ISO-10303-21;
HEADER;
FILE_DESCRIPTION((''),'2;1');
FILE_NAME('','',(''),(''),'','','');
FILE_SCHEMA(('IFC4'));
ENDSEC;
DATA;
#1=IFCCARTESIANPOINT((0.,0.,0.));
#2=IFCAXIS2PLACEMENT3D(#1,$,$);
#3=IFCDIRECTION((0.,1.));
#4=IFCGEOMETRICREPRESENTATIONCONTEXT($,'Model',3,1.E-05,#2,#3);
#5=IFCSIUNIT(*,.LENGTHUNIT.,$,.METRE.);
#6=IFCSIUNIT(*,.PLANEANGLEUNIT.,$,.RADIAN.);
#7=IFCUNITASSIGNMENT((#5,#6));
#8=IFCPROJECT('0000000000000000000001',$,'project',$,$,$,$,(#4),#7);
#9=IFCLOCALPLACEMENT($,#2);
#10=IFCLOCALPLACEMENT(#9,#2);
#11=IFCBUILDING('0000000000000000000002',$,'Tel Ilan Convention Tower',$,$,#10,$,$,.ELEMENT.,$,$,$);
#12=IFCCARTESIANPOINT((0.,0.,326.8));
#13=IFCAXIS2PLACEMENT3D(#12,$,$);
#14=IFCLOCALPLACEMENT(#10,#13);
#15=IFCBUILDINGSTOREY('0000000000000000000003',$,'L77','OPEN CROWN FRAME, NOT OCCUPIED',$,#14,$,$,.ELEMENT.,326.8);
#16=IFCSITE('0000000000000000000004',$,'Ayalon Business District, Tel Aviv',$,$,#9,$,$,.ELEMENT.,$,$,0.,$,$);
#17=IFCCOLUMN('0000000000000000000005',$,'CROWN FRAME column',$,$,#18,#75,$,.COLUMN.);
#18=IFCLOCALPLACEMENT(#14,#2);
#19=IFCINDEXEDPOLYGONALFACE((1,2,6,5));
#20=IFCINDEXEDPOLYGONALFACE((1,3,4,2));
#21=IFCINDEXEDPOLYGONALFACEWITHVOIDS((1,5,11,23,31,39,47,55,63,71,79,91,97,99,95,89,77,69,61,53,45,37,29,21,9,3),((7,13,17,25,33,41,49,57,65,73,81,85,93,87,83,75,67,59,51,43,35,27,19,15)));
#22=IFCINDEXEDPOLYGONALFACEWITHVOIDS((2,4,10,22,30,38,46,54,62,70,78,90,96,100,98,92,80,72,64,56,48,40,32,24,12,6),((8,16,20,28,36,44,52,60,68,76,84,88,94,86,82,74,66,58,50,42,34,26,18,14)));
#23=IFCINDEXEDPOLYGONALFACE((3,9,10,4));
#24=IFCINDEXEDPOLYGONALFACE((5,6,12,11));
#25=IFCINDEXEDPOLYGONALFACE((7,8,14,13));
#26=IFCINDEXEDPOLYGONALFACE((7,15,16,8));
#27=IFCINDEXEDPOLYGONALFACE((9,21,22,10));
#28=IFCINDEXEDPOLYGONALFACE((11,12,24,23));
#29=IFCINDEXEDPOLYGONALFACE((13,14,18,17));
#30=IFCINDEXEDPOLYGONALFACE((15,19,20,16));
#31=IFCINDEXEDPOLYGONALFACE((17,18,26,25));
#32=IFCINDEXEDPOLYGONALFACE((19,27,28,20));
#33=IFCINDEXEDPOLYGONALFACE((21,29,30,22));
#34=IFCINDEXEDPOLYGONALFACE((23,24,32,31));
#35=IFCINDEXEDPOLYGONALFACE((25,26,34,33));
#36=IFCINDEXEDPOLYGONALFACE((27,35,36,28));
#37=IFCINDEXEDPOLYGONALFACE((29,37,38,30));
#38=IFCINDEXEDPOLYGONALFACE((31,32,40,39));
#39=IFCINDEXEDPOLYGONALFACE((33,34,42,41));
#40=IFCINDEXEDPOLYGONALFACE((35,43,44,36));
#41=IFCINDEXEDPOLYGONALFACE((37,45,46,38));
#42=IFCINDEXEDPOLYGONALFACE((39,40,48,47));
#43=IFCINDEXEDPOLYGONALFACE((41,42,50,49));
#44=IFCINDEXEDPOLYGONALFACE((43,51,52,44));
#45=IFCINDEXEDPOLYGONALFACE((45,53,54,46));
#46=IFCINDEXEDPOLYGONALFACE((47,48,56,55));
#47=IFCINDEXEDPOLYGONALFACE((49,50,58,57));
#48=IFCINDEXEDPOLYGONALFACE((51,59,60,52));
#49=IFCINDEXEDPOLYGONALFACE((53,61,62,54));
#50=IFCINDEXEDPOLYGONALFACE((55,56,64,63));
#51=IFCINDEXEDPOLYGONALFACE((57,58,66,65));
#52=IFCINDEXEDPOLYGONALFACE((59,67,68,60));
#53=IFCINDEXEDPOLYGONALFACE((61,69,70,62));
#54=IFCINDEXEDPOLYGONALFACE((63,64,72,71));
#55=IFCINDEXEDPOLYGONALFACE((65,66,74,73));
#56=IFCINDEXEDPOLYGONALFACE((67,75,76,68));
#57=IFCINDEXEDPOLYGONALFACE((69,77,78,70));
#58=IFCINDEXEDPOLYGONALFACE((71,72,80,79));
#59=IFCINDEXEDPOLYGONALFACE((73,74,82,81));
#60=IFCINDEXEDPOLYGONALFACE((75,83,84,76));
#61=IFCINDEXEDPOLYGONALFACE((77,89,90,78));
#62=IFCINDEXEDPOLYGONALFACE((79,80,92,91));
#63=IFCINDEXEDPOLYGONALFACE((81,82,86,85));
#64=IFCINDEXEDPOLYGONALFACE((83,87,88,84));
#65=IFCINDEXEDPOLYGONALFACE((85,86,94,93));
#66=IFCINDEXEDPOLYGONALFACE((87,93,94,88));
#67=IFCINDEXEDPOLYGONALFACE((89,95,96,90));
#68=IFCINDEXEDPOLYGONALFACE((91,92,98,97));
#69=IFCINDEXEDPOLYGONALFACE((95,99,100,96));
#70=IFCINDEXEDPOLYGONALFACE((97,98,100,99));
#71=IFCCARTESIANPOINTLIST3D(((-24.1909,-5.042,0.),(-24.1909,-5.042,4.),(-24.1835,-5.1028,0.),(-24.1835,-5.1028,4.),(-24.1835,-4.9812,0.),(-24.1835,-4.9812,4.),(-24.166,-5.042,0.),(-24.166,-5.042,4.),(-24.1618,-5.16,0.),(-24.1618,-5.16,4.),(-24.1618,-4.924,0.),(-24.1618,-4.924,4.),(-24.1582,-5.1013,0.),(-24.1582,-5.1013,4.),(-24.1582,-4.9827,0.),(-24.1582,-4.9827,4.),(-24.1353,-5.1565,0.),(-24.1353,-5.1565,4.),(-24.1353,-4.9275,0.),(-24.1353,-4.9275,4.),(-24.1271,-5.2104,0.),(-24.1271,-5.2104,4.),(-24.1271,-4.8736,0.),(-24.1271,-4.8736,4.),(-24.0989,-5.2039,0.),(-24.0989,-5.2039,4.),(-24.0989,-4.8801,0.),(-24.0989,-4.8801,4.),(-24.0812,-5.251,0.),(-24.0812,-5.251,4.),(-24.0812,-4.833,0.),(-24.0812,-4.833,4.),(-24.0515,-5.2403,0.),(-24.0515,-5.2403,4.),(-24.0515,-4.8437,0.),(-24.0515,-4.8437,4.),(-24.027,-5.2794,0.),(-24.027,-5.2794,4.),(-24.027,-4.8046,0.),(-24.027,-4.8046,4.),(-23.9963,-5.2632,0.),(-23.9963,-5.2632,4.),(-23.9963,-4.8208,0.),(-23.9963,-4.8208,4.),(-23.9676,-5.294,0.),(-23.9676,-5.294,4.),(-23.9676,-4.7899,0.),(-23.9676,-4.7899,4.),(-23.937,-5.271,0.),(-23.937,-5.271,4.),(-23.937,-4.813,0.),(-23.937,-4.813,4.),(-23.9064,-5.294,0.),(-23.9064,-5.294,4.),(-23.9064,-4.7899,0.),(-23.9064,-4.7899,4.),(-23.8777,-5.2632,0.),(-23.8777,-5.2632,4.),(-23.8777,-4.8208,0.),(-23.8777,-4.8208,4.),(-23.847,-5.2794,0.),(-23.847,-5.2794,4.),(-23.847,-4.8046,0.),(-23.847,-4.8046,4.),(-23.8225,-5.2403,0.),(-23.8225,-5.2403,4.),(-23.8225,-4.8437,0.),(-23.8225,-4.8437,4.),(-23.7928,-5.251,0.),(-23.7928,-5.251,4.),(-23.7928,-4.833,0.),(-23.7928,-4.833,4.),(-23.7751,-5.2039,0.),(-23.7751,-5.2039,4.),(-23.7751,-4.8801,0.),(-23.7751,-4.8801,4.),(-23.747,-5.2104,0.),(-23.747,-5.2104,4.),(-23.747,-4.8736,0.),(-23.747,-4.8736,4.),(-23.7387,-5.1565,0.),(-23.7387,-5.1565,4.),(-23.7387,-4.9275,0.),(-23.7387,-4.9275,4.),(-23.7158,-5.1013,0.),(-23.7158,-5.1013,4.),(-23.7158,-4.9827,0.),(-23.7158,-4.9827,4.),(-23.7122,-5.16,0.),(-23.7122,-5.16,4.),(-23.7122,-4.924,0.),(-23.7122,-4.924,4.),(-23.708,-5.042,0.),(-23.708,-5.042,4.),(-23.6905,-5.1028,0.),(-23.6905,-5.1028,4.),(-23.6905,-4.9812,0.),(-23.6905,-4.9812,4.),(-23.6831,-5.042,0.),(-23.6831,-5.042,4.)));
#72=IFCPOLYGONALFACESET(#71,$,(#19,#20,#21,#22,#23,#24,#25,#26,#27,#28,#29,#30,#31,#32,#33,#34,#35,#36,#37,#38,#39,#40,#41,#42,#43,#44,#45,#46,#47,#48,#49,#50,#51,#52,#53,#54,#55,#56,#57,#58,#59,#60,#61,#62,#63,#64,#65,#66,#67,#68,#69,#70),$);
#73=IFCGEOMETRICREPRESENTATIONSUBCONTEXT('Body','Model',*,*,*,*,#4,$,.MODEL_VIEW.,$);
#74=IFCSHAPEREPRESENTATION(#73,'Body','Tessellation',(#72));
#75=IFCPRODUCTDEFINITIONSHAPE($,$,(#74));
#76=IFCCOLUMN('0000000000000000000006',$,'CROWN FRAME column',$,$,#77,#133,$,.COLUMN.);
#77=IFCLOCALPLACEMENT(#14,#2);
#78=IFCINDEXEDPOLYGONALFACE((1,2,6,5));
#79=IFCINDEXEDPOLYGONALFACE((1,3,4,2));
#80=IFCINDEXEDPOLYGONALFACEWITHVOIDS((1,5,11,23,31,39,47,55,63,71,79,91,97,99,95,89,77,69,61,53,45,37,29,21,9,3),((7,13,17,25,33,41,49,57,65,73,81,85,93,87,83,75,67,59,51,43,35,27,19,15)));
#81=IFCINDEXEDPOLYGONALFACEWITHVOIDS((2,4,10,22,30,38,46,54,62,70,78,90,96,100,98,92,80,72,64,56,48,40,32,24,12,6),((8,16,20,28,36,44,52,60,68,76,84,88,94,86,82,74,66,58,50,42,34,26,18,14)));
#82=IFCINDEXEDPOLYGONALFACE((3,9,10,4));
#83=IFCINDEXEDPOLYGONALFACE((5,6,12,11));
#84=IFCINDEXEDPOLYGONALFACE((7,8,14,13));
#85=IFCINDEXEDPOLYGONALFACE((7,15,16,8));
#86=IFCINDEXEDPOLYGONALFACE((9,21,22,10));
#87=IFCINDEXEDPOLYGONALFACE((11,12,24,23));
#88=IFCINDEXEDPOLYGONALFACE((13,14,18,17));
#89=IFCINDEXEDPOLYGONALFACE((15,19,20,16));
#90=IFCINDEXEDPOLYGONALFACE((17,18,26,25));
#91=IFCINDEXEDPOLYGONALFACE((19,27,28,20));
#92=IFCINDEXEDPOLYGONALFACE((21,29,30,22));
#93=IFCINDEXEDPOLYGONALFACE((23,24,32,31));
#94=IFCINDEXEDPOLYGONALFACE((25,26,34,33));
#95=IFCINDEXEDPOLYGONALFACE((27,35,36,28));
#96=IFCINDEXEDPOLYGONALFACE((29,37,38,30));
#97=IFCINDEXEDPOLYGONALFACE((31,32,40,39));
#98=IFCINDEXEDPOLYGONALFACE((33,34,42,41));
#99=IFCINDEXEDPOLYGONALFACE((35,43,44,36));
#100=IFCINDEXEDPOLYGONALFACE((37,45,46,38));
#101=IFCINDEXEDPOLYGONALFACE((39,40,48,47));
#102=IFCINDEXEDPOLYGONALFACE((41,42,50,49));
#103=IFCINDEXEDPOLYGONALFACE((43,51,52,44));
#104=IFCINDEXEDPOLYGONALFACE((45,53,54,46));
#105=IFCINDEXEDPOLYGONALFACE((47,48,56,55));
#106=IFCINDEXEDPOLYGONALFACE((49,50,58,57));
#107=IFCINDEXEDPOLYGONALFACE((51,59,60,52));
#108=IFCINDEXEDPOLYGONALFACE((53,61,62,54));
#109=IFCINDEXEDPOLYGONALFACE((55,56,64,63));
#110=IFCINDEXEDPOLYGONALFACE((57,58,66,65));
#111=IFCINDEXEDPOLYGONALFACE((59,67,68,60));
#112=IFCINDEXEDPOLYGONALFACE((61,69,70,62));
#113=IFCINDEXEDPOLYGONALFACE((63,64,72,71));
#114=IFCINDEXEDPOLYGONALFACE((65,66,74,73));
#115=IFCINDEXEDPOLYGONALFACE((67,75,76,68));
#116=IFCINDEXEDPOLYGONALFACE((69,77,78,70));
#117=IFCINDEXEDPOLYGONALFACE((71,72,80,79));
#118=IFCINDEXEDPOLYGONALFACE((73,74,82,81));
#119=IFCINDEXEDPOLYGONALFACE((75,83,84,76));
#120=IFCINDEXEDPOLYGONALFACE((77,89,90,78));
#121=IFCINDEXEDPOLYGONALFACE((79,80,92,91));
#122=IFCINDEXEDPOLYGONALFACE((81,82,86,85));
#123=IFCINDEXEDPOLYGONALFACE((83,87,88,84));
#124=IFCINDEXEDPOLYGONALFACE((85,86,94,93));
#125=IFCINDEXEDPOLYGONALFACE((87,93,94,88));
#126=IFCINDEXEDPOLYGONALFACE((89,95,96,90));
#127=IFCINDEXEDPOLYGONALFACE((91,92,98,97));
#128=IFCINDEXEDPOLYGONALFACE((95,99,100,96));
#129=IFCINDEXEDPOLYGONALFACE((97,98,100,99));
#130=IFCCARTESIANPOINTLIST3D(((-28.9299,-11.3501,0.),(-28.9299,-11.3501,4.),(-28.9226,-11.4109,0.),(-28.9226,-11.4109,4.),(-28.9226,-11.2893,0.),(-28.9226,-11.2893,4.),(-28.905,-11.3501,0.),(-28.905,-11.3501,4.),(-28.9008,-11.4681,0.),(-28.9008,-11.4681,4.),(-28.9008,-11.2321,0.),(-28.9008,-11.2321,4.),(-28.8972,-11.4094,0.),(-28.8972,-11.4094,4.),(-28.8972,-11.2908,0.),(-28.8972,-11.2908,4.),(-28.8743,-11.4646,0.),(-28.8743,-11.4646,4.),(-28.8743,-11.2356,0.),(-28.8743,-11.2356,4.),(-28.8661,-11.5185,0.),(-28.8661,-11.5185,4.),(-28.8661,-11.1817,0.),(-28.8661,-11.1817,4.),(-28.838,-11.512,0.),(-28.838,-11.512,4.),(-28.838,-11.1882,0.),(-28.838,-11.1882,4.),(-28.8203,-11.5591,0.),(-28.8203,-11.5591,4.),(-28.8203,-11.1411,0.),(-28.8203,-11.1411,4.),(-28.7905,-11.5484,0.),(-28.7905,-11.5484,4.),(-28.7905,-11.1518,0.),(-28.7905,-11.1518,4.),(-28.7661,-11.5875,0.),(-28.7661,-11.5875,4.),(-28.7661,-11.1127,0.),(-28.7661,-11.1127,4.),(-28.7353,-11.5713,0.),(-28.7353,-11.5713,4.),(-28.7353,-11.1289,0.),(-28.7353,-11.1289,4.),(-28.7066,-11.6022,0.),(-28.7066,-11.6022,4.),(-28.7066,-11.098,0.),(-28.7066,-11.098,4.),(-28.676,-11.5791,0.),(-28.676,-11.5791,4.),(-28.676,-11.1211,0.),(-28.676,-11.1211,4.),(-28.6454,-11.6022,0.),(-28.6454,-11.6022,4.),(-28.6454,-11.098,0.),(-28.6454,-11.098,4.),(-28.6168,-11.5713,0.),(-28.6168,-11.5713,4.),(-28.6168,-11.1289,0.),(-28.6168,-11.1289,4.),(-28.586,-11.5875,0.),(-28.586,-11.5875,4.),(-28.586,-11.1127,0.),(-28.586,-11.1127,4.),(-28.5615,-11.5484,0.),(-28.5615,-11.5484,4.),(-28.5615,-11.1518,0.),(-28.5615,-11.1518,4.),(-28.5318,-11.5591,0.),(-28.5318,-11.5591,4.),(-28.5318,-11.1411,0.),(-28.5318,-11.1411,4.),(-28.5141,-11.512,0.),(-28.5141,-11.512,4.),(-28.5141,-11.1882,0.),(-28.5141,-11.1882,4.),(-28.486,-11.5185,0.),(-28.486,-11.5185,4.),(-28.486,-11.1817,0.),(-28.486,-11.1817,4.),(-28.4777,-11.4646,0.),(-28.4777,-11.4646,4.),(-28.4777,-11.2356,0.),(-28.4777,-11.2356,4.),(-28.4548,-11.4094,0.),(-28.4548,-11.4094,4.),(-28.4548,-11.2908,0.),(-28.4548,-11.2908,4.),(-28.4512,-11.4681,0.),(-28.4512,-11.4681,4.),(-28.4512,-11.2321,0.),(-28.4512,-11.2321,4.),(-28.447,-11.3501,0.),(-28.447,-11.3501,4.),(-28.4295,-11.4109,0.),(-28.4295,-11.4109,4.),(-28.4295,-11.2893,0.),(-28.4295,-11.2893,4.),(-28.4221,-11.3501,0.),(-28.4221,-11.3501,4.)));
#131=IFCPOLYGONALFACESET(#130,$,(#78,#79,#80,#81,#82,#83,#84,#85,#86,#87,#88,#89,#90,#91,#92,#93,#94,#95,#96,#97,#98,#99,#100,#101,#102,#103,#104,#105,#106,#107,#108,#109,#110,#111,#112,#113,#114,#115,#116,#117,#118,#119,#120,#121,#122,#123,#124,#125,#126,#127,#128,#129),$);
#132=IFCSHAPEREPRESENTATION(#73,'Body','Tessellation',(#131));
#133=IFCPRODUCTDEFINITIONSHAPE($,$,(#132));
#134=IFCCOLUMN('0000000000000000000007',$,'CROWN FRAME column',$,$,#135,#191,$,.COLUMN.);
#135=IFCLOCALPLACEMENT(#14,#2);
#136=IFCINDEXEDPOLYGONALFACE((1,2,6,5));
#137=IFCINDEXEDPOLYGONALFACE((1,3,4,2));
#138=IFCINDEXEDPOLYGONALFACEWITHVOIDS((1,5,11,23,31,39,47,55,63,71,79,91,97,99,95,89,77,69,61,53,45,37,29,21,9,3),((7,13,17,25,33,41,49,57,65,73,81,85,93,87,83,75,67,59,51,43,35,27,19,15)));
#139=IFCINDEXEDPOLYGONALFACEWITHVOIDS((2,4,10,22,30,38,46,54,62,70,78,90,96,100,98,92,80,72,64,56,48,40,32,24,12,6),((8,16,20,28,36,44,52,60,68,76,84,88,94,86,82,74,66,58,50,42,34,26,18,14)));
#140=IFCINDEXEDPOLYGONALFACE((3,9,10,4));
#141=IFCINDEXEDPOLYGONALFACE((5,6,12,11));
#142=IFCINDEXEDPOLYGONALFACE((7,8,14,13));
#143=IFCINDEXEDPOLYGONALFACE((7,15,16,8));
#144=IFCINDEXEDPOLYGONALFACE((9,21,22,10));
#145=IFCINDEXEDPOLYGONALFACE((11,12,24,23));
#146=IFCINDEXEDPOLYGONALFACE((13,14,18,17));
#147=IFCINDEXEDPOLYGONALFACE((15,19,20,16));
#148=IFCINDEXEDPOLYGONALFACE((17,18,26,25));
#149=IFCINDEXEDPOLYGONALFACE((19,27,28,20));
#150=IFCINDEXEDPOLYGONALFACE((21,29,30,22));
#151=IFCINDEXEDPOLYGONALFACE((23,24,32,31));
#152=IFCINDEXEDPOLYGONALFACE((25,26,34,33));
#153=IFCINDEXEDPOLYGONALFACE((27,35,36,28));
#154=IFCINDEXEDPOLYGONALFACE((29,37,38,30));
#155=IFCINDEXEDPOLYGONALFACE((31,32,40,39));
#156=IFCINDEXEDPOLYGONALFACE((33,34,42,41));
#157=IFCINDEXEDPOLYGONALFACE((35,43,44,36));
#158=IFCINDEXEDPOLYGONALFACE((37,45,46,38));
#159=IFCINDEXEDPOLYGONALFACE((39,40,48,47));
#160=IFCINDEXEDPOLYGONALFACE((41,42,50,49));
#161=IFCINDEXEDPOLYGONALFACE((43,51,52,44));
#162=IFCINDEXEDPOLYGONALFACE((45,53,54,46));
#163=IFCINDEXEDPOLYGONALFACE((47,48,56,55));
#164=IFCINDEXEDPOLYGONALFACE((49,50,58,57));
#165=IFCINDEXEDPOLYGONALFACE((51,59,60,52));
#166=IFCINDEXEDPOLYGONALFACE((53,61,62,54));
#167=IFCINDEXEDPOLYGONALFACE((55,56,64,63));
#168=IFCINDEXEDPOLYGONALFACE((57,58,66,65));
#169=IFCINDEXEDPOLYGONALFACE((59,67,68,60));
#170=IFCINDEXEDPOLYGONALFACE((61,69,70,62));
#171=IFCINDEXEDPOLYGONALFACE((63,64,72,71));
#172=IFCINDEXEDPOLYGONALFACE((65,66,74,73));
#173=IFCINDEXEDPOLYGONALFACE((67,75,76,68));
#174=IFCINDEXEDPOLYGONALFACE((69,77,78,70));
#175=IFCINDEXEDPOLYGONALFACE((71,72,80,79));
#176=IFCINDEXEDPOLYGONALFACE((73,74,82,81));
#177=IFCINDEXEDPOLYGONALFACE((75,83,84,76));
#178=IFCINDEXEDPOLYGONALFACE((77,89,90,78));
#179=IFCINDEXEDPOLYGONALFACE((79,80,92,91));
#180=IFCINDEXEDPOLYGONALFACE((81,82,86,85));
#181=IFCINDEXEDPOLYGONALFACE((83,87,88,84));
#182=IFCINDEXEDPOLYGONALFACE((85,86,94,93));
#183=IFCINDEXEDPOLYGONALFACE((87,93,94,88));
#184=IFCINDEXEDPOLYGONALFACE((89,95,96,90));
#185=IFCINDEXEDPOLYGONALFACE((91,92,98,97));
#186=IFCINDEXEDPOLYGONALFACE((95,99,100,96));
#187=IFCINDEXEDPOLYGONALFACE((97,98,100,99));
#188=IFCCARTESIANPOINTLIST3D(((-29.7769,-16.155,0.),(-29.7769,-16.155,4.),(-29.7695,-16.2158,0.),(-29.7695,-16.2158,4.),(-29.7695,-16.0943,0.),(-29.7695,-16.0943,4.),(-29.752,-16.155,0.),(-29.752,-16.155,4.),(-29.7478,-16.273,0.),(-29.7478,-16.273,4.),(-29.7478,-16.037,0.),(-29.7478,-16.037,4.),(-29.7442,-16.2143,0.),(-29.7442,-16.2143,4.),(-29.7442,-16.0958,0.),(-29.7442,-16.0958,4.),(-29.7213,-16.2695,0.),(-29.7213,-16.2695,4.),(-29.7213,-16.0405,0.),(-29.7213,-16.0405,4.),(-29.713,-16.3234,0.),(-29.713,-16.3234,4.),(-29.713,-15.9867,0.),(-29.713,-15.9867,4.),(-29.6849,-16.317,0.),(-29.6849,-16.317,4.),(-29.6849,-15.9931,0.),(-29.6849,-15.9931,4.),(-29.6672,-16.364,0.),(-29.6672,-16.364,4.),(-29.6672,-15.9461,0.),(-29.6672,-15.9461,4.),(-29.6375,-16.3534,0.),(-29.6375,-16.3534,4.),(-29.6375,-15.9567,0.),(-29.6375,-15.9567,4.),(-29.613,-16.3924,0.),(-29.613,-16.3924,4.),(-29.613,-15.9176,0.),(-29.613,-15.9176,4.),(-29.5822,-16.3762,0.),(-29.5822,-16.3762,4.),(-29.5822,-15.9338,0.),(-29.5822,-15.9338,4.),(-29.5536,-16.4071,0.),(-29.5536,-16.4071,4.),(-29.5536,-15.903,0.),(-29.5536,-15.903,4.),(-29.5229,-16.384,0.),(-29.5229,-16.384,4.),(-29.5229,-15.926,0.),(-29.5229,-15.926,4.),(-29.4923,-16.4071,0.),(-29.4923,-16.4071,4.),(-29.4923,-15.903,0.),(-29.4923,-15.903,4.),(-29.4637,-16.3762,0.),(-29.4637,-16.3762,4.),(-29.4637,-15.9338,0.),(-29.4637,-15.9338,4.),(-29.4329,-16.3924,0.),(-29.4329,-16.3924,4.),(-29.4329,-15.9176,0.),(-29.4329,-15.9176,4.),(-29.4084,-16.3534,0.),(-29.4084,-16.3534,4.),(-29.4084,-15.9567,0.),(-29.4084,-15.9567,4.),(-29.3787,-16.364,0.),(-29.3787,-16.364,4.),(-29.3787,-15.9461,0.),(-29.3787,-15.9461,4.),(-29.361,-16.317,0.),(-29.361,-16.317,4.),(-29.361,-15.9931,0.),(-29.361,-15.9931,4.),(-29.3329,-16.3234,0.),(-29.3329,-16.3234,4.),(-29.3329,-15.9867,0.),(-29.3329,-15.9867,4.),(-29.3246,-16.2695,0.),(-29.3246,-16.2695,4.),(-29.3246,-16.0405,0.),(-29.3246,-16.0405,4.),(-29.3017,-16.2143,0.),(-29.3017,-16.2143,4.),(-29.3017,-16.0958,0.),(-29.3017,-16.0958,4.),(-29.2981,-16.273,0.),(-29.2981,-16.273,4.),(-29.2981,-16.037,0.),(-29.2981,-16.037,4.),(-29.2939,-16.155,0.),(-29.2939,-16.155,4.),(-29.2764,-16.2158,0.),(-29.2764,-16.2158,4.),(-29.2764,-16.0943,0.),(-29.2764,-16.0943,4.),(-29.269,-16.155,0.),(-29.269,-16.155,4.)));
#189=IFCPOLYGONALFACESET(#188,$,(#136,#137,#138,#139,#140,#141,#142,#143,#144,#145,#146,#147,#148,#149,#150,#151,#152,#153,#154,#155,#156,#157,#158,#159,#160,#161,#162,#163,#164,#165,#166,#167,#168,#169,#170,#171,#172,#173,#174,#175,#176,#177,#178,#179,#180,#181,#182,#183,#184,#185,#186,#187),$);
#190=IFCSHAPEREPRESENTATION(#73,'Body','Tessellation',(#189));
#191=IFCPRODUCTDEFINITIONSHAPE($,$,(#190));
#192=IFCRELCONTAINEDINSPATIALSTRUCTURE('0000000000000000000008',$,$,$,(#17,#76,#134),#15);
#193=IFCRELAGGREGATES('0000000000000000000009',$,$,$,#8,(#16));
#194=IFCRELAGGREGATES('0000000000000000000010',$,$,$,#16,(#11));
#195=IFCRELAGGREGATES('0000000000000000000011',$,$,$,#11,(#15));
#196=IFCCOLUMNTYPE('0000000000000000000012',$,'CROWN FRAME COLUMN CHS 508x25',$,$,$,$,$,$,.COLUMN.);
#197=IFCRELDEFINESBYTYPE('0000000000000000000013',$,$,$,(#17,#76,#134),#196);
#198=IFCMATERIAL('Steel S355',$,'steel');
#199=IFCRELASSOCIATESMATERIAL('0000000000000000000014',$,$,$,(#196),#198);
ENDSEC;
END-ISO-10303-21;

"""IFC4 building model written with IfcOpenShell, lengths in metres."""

from ifc_helpers import new_model, si_unit, direction, frame, origin, origin_2d, place, context, subcontext, project, spatial, hollow_circle, extrude, material, material_profile, profile_set, type_object, element, save


model = new_model("IFC4")

# Units and contexts
model_context = context("Model", 3, precision=1e-05, world=origin(), true_north=direction((0.0, 1.0)))
body_context = subcontext(model_context, "Body", "Model", "MODEL_VIEW")
ifc_project = project(units=[si_unit("LENGTHUNIT", "METRE"), si_unit("PLANEANGLEUNIT", "RADIAN")], contexts=[model_context])

# Site, building, storey
site_placement = place(None, origin())
site = spatial("IfcSite", under=ifc_project, at=site_placement, Name="Ayalon Business District, Tel Aviv", CompositionType="ELEMENT", RefElevation=0.0)
building_placement = place(site_placement, origin())
building = spatial("IfcBuilding", under=site, at=building_placement, Name="Tel Ilan Convention Tower", CompositionType="ELEMENT")
storey_placement = place(building_placement, frame((0.0, 0.0, 326.8)))
storey = spatial("IfcBuildingStorey", under=building, at=storey_placement, Name="L77", Description="OPEN CROWN FRAME, NOT OCCUPIED", CompositionType="ELEMENT", Elevation=326.8)

# Columns
ifc_material_1 = material(Name="Steel S355", Category="steel")
ifc_material_profile_1 = material_profile(ifc_material_1, hollow_circle(Radius=0.2539, WallThickness=0.0249, at=origin_2d()), Name="CHS 508x25")
ifc_profile_set_1 = profile_set([ifc_material_profile_1], Name="Steel S355")
column_type = type_object("IfcColumnType", Name="CROWN FRAME COLUMN CHS 508x25", PredefinedType="COLUMN", material=ifc_profile_set_1)
for number, where, z_axis, x_axis, name in (
    (1, (-23.937, -5.042, 0.0), (0.0, 0.0, 1.0), (1.0, 0.0, 0.0), "CROWN FRAME column"),
    (2, (-28.676, -11.3501, 0.0), (0.0, 0.0, 1.0), (1.0, 0.0, 0.0), "CROWN FRAME column"),
    (3, (-29.5229, -16.155, 0.0), (0.0, 0.0, 1.0), (1.0, 0.0, 0.0), "CROWN FRAME column"),
):
    element("IfcColumn", number, at=place(storey_placement, frame(where, z_axis=z_axis, x_axis=x_axis)), inside=storey, type_object=column_type, Name=name, PredefinedType="COLUMN", context=body_context, shape_type="SweptSolid", body=[
        extrude(hollow_circle(Radius=0.2539, WallThickness=0.0249, at=origin_2d()), origin(), (0.0, 0.0, 1.0), 4.0),
    ])

save(model, "model.ifc")
